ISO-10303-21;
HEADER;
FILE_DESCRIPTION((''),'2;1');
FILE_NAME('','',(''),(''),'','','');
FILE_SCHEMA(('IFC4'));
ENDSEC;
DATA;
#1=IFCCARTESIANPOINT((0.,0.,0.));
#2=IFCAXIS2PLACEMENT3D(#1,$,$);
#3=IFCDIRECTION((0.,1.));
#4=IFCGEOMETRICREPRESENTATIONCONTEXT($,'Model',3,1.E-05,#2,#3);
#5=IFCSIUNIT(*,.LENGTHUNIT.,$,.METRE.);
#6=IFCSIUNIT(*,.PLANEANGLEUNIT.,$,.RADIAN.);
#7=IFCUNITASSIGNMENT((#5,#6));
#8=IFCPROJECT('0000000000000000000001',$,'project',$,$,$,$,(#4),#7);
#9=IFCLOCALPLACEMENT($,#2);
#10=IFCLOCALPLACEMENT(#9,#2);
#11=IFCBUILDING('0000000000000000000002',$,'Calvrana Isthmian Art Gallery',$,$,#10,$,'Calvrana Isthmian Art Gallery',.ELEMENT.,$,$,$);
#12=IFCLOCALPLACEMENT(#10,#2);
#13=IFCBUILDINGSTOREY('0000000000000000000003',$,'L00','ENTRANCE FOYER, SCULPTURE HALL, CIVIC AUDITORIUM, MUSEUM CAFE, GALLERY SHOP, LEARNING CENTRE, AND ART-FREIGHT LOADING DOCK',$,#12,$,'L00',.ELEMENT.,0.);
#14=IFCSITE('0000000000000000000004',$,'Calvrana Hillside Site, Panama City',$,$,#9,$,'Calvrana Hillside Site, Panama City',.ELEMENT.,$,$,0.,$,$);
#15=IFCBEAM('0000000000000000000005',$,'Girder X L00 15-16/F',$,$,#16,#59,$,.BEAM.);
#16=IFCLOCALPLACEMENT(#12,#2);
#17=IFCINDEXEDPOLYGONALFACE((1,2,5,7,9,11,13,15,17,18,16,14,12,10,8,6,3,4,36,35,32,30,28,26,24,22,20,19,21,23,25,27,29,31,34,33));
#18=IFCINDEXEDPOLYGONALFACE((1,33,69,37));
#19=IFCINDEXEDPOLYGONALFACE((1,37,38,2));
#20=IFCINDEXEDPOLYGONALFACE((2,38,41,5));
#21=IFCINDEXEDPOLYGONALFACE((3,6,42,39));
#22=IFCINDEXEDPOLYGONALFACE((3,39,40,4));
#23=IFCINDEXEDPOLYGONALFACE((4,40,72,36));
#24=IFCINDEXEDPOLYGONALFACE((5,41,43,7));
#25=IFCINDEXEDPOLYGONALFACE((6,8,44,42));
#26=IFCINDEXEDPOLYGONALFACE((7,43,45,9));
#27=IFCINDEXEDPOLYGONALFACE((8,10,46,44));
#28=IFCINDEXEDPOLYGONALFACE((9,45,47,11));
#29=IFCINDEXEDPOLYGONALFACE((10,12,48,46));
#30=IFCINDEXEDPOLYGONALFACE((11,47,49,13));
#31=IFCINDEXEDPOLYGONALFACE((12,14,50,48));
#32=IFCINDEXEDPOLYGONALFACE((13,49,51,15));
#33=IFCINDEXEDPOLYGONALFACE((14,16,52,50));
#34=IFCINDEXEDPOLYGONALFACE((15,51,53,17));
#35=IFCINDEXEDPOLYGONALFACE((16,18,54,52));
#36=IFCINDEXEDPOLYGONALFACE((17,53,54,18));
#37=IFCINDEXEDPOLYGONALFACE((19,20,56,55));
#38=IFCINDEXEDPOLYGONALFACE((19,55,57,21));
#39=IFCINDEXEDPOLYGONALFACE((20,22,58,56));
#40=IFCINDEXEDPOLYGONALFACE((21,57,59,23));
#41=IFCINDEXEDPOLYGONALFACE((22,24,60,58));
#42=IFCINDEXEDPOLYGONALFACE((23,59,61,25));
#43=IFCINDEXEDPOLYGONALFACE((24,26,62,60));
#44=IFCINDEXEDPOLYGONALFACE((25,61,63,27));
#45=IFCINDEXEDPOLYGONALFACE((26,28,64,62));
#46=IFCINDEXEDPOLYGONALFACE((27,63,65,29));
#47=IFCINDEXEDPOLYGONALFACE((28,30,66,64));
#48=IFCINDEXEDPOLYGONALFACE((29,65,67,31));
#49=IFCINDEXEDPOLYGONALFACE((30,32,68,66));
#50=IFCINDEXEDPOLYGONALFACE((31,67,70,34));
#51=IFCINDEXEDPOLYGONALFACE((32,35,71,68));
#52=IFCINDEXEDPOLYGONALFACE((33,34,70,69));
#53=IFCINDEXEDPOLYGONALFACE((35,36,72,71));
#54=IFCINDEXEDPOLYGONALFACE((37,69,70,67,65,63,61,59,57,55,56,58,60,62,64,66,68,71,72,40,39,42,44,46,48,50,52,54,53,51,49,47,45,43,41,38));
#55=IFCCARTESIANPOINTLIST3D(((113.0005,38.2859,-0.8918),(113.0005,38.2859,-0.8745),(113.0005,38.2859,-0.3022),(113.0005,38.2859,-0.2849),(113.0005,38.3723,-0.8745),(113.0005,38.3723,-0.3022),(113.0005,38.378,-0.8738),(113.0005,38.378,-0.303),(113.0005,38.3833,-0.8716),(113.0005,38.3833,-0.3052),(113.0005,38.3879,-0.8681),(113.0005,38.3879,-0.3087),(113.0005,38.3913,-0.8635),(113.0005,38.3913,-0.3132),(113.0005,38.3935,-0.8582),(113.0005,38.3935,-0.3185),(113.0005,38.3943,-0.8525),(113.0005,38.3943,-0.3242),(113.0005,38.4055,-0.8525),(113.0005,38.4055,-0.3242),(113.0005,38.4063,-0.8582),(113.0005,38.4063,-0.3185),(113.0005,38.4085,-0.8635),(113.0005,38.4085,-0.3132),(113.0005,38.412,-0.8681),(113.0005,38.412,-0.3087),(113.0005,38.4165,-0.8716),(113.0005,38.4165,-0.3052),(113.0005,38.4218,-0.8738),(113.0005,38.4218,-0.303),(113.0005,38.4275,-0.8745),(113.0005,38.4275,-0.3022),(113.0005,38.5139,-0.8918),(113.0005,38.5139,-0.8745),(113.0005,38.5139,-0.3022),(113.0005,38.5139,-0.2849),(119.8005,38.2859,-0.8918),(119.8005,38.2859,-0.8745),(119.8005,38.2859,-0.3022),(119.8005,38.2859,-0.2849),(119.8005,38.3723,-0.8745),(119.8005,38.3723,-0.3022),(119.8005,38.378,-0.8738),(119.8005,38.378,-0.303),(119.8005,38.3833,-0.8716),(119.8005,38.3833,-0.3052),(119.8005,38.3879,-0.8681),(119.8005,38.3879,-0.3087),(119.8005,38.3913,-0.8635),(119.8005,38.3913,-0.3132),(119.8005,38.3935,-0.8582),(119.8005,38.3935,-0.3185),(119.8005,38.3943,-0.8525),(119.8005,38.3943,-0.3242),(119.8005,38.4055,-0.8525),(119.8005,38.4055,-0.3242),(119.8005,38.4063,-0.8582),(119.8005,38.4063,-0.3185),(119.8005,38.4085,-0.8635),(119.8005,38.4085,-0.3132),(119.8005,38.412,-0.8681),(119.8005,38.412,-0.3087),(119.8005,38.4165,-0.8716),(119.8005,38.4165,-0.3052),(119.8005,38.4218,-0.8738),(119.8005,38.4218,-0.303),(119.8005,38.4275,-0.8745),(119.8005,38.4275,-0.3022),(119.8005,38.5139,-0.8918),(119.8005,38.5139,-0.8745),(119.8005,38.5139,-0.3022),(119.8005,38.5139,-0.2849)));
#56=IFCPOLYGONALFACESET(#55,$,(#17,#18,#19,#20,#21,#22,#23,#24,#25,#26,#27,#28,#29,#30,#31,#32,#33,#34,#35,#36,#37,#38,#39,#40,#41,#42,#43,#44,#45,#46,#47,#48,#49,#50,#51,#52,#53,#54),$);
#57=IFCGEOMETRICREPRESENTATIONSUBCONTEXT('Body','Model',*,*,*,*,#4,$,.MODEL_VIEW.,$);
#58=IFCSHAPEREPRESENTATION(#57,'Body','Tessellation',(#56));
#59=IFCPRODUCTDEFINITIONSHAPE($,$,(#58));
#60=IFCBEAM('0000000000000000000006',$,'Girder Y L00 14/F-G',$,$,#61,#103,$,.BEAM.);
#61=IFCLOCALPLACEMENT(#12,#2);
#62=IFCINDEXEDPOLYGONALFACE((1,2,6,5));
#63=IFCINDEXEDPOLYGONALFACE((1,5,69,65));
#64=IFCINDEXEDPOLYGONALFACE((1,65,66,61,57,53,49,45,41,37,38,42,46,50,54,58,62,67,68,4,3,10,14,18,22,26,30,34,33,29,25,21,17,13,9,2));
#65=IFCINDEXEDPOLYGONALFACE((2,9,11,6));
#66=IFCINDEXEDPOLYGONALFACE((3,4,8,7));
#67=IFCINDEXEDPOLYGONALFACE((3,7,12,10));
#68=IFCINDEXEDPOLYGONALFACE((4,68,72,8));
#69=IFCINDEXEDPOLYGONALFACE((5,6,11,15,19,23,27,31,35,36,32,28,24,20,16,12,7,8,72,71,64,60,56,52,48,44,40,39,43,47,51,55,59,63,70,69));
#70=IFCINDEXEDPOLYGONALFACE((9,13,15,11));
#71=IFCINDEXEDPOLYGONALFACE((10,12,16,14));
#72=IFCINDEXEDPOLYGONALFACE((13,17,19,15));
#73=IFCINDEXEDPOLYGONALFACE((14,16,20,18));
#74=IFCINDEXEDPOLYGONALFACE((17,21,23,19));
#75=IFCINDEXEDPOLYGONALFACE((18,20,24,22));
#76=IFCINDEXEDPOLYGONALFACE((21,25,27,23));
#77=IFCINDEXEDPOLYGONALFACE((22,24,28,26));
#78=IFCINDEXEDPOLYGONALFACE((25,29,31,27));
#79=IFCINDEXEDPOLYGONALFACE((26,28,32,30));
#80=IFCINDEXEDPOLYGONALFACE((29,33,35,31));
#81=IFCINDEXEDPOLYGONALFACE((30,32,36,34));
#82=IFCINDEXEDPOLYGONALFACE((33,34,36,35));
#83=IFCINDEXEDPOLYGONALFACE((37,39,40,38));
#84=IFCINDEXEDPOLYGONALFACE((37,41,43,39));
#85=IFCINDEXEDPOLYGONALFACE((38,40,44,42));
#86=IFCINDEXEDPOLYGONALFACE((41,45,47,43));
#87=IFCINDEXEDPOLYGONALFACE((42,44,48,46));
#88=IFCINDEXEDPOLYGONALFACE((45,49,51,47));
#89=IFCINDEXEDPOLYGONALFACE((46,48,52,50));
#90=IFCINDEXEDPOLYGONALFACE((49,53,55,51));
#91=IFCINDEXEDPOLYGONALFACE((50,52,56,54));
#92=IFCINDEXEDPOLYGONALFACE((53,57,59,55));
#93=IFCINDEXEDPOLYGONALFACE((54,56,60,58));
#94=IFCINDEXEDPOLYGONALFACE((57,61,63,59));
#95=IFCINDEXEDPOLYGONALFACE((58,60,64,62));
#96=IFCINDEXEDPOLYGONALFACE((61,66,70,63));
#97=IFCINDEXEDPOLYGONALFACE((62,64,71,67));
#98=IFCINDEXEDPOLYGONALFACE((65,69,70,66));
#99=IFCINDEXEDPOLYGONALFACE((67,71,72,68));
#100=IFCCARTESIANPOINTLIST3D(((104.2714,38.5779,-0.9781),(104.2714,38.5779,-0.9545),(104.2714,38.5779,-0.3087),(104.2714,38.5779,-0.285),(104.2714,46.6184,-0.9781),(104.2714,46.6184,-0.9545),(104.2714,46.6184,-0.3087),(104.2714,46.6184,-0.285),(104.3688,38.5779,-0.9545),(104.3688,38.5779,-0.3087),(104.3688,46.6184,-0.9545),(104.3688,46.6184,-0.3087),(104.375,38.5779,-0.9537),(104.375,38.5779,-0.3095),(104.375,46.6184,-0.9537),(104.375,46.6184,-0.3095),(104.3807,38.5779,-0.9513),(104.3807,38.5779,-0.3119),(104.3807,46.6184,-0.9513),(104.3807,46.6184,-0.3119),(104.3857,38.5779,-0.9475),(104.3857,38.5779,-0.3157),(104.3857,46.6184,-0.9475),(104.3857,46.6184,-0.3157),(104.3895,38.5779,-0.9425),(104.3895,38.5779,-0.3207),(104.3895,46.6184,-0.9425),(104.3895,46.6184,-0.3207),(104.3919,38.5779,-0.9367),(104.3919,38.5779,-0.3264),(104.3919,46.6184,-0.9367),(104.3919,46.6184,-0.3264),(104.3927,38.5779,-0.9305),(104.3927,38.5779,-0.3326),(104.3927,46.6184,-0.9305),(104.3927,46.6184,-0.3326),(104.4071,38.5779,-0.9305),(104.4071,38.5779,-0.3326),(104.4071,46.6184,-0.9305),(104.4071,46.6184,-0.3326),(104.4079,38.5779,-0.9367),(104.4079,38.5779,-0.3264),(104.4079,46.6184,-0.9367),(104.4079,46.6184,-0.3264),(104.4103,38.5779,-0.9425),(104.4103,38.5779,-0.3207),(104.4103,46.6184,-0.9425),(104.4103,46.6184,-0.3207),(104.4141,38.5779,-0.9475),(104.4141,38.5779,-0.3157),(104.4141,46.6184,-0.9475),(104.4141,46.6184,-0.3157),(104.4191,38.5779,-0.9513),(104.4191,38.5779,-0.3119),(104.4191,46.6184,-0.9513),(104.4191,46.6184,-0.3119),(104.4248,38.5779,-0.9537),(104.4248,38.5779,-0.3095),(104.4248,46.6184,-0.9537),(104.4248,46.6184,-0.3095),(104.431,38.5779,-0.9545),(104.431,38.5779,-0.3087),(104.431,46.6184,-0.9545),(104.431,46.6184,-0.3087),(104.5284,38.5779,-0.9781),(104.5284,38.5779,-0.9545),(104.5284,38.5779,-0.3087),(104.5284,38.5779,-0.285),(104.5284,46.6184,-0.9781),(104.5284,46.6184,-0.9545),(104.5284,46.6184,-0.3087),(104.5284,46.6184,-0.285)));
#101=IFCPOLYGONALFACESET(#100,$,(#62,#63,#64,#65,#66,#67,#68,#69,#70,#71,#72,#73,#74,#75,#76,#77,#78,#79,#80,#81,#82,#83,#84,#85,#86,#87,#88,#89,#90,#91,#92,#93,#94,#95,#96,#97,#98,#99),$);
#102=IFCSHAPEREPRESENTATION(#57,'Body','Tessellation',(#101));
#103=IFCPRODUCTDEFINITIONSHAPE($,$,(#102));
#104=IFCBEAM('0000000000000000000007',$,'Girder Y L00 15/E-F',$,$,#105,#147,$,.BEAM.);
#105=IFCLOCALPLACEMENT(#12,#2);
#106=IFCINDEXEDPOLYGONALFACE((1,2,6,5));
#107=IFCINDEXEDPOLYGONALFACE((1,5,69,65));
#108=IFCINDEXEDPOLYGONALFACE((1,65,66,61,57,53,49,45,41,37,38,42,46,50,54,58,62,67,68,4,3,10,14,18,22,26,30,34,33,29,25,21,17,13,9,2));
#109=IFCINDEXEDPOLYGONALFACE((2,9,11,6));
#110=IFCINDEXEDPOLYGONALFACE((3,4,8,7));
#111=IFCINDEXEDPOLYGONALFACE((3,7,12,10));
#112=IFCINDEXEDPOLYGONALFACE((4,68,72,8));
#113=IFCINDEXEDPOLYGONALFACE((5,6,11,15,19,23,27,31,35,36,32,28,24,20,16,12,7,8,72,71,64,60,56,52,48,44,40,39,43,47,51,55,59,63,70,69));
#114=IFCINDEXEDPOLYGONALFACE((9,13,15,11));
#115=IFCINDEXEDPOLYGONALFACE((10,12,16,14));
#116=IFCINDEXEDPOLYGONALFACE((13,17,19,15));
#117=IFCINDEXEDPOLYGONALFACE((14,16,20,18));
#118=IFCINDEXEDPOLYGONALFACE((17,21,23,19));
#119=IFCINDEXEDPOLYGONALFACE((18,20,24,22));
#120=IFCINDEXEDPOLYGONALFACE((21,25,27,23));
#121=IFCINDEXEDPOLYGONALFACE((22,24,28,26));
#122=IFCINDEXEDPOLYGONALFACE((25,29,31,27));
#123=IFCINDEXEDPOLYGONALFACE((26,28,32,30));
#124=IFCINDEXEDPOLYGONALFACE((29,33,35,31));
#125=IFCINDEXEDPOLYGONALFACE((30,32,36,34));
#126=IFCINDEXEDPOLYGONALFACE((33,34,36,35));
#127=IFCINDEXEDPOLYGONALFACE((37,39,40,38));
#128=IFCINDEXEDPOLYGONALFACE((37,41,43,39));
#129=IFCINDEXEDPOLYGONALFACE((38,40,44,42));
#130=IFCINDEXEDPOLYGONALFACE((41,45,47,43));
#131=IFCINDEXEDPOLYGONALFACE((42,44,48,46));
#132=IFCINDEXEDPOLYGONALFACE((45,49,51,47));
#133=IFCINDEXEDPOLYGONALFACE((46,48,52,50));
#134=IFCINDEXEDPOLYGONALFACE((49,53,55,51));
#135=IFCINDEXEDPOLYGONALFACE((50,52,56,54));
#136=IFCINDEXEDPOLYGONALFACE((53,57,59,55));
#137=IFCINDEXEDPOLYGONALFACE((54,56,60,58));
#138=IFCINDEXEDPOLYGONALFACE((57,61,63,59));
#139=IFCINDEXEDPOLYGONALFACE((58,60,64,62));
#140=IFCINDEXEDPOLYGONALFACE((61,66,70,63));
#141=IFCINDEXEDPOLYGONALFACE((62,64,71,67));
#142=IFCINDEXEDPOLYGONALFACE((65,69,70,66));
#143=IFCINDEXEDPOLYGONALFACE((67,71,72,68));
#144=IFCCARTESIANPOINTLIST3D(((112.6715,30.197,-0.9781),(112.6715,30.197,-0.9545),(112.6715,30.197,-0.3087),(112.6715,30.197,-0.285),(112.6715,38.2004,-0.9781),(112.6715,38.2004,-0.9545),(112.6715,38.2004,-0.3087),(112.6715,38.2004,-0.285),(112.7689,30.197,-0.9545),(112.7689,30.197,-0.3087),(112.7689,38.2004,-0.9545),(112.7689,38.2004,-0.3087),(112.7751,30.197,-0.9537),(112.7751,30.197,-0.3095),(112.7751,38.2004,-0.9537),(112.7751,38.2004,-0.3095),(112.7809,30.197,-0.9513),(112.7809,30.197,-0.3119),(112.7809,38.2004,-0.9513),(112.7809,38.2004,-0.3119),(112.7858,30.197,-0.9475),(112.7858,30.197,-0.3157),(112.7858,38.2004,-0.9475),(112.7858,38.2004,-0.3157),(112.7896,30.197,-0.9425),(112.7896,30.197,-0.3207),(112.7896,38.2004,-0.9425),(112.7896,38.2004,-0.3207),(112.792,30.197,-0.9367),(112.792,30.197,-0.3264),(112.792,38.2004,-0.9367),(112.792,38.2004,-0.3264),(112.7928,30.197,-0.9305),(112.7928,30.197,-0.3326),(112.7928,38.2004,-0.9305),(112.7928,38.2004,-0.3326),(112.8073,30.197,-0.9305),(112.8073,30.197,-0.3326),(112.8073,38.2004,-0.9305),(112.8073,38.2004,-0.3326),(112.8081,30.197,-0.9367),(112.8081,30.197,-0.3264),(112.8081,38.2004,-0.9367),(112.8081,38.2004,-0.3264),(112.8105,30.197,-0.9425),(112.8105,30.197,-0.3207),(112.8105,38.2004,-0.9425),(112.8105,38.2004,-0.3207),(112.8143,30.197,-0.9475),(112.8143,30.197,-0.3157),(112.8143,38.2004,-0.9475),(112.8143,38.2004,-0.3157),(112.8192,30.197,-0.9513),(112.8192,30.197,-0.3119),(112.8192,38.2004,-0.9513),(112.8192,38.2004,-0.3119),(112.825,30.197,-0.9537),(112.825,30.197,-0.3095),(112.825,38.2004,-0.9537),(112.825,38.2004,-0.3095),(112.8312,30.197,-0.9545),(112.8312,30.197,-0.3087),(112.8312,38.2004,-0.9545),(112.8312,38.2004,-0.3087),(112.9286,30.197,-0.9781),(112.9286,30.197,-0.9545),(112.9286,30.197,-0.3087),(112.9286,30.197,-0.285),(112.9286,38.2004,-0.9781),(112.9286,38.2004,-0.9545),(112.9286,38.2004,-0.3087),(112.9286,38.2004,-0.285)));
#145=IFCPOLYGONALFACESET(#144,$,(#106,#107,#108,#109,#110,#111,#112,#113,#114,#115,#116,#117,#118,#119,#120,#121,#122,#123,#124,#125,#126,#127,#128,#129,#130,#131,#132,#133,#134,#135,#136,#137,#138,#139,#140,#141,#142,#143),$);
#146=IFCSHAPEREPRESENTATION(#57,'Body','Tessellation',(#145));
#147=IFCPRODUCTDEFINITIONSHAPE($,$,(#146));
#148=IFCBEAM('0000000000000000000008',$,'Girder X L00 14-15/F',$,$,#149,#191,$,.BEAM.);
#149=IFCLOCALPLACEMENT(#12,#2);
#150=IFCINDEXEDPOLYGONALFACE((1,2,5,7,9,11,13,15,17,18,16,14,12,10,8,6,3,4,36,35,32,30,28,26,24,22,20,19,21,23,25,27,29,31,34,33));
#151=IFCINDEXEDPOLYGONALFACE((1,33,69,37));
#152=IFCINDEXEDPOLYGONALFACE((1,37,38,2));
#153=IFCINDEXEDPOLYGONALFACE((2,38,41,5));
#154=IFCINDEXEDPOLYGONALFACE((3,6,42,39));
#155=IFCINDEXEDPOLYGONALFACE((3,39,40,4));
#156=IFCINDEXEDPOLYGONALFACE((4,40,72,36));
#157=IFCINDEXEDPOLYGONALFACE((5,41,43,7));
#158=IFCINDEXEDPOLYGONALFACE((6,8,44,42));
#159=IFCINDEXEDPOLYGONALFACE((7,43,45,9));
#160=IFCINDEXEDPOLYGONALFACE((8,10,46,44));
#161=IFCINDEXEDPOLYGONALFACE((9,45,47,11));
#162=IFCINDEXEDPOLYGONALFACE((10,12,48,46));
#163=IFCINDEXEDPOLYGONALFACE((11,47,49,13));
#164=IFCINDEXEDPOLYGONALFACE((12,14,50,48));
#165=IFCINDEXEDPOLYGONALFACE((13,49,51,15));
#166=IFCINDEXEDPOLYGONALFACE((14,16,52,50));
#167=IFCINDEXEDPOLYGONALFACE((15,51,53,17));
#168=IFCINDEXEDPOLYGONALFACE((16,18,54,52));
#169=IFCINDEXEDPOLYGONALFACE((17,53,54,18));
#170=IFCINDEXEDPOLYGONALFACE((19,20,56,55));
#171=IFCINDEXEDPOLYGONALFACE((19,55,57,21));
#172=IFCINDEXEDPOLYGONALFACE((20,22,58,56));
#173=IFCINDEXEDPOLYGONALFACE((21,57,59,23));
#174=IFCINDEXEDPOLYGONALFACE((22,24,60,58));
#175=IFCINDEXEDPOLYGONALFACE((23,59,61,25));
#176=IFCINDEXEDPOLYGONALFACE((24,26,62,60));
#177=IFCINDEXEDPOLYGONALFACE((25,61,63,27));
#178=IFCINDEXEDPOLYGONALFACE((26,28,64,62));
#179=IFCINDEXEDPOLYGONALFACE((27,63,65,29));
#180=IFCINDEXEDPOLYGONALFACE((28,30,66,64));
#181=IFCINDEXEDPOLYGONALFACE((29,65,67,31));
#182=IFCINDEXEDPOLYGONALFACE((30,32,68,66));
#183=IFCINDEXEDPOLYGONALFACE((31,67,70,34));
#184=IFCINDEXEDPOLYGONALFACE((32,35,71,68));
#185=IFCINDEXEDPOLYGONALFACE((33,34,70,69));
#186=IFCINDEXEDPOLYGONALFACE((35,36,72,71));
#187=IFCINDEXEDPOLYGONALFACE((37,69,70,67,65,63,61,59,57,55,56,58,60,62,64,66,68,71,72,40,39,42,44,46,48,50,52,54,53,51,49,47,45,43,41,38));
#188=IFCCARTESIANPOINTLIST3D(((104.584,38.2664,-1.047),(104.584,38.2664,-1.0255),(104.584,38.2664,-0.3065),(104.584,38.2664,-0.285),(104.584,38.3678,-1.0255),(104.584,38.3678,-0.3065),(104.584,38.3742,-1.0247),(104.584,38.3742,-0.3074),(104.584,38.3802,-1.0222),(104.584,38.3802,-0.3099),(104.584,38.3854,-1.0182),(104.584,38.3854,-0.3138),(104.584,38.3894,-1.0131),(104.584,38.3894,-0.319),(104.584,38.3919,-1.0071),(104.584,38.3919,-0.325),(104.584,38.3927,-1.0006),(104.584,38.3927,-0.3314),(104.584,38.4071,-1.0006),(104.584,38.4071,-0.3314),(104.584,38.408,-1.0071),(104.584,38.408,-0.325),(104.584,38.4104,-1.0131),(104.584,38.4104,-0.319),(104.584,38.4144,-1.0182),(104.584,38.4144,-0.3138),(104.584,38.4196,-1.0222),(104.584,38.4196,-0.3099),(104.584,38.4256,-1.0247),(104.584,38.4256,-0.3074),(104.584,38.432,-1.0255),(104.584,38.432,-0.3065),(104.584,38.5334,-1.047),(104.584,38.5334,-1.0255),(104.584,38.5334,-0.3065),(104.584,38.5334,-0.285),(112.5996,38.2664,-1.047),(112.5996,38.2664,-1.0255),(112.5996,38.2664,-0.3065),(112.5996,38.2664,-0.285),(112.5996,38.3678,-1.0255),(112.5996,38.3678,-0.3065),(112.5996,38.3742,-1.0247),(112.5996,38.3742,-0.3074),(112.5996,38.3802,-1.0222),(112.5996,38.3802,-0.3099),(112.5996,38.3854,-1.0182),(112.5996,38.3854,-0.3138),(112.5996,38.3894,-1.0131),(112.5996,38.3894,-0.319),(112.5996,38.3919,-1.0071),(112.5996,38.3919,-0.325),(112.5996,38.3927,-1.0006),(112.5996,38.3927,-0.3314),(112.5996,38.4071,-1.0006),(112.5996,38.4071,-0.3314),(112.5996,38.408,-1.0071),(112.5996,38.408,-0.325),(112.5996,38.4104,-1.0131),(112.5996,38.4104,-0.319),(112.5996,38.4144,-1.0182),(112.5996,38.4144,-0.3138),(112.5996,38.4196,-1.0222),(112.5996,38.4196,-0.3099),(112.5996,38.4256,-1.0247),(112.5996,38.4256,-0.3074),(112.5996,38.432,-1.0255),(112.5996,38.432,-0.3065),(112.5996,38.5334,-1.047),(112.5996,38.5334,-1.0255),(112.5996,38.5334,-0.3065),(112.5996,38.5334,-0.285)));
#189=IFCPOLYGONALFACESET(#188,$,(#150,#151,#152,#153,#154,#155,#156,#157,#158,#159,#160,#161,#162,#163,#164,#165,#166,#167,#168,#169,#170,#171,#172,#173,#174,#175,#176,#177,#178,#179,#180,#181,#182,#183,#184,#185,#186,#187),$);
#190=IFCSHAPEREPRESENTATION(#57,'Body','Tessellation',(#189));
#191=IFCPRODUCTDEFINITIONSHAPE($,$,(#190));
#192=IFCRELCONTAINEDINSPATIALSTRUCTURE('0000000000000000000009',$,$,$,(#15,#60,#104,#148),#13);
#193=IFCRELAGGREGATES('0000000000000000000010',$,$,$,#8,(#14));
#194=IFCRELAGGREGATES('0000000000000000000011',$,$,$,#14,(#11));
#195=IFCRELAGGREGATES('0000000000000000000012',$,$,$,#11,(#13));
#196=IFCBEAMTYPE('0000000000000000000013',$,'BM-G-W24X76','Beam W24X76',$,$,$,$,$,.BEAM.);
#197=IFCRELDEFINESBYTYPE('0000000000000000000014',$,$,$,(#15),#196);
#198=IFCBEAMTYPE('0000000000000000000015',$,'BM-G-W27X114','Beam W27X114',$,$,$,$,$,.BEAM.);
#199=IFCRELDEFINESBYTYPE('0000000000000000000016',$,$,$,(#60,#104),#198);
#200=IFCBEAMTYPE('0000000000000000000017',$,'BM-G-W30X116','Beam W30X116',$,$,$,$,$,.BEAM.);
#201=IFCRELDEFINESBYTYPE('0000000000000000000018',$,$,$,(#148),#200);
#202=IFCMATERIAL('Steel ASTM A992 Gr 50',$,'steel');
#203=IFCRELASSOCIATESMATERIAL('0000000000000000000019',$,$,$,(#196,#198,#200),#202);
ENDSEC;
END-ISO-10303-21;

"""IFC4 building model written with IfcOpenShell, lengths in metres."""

from ifc_helpers import new_model, si_unit, direction, frame, origin, origin_2d, place, context, subcontext, project, spatial, i_section, extrude, material, material_profile, profile_set, type_object, element, save


model = new_model("IFC4")

# Units and contexts
model_context = context("Model", 3, precision=1e-05, world=origin(), true_north=direction((0.0, 1.0)))
body_context = subcontext(model_context, "Body", "Model", "MODEL_VIEW")
ifc_project = project(units=[si_unit("LENGTHUNIT", "METRE"), si_unit("PLANEANGLEUNIT", "RADIAN")], contexts=[model_context])

# Site, building, storey
site_placement = place(None, origin())
site = spatial("IfcSite", under=ifc_project, at=site_placement, Name="Calvrana Hillside Site, Panama City", LongName="Calvrana Hillside Site, Panama City", CompositionType="ELEMENT", RefElevation=0.0)
building_placement = place(site_placement, origin())
building = spatial("IfcBuilding", under=site, at=building_placement, Name="Calvrana Isthmian Art Gallery", LongName="Calvrana Isthmian Art Gallery", CompositionType="ELEMENT")
storey_placement = place(building_placement, origin())
storey = spatial("IfcBuildingStorey", under=building, at=storey_placement, Name="L00", Description="ENTRANCE FOYER, SCULPTURE HALL, CIVIC AUDITORIUM, MUSEUM CAFE, GALLERY SHOP, LEARNING CENTRE, AND ART-FREIGHT LOADING DOCK", LongName="L00", CompositionType="ELEMENT", Elevation=0.0)

# Shared definitions
ifc_material_1 = material(Name="Steel ASTM A992 Gr 50", Category="steel")

# Beams
ifc_material_profile_1 = material_profile(ifc_material_1, i_section(OverallWidth=0.228, OverallDepth=0.6069, WebThickness=0.0112, FlangeThickness=0.0173, FilletRadius=0.022, at=origin_2d()), Name="W24X76")
ifc_profile_set_1 = profile_set([ifc_material_profile_1], Name="Steel ASTM A992 Gr 50")
beam_type_1 = type_object("IfcBeamType", Name="BM-G-W24X76", Description="Beam W24X76", PredefinedType="BEAM", material=ifc_profile_set_1)
beam_1_placement = place(storey_placement, frame((113.0005, 38.3999, -0.5884), z_axis=(1.0, 0.0, 0.0), x_axis=(0.0, 1.0, 0.0)))
element("IfcBeam", 1, at=beam_1_placement, inside=storey, type_object=beam_type_1, Name="Girder X L00 15-16/F", PredefinedType="BEAM", context=body_context, shape_type="SweptSolid", body=[
    extrude(i_section(OverallWidth=0.228, OverallDepth=0.6069, WebThickness=0.0112, FlangeThickness=0.0173, FilletRadius=0.022, at=origin_2d()), origin(), (0.0, 0.0, 1.0), 6.8),
])
ifc_material_profile_2 = material_profile(ifc_material_1, i_section(OverallWidth=0.2571, OverallDepth=0.6931, WebThickness=0.0144, FlangeThickness=0.0237, FilletRadius=0.0239, at=origin_2d()), Name="W27X114")
ifc_profile_set_2 = profile_set([ifc_material_profile_2], Name="Steel ASTM A992 Gr 50")
beam_type_2 = type_object("IfcBeamType", Name="BM-G-W27X114", Description="Beam W27X114", PredefinedType="BEAM", material=ifc_profile_set_2)
beam_2_placement = place(storey_placement, frame((104.3999, 38.5779, -0.6316), z_axis=(0.0, 1.0, 0.0), x_axis=(-1.0, 0.0, 0.0)))
element("IfcBeam", 2, at=beam_2_placement, inside=storey, type_object=beam_type_2, Name="Girder Y L00 14/F-G", PredefinedType="BEAM", context=body_context, shape_type="SweptSolid", body=[
    extrude(i_section(OverallWidth=0.2571, OverallDepth=0.6931, WebThickness=0.0144, FlangeThickness=0.0237, FilletRadius=0.0239, at=origin_2d()), origin(), (0.0, 0.0, 1.0), 8.0405),
])
beam_3_placement = place(storey_placement, frame((112.8, 30.197, -0.6316), z_axis=(0.0, 1.0, 0.0), x_axis=(-1.0, 0.0, 0.0)))
element("IfcBeam", 3, at=beam_3_placement, inside=storey, type_object=beam_type_2, Name="Girder Y L00 15/E-F", PredefinedType="BEAM", context=body_context, shape_type="SweptSolid", body=[
    extrude(i_section(OverallWidth=0.2571, OverallDepth=0.6931, WebThickness=0.0144, FlangeThickness=0.0237, FilletRadius=0.0239, at=origin_2d()), origin(), (0.0, 0.0, 1.0), 8.0034),
])
ifc_material_profile_3 = material_profile(ifc_material_1, i_section(OverallWidth=0.2671, OverallDepth=0.762, WebThickness=0.0144, FlangeThickness=0.0215, FilletRadius=0.0249, at=origin_2d()), Name="W30X116")
ifc_profile_set_3 = profile_set([ifc_material_profile_3], Name="Steel ASTM A992 Gr 50")
beam_type_3 = type_object("IfcBeamType", Name="BM-G-W30X116", Description="Beam W30X116", PredefinedType="BEAM", material=ifc_profile_set_3)
beam_4_placement = place(storey_placement, frame((104.584, 38.3999, -0.666), z_axis=(1.0, 0.0, 0.0), x_axis=(0.0, 1.0, 0.0)))
element("IfcBeam", 4, at=beam_4_placement, inside=storey, type_object=beam_type_3, Name="Girder X L00 14-15/F", PredefinedType="BEAM", context=body_context, shape_type="SweptSolid", body=[
    extrude(i_section(OverallWidth=0.2671, OverallDepth=0.762, WebThickness=0.0144, FlangeThickness=0.0215, FilletRadius=0.0249, at=origin_2d()), origin(), (0.0, 0.0, 1.0), 8.0156),
])

save(model, "model.ifc")
